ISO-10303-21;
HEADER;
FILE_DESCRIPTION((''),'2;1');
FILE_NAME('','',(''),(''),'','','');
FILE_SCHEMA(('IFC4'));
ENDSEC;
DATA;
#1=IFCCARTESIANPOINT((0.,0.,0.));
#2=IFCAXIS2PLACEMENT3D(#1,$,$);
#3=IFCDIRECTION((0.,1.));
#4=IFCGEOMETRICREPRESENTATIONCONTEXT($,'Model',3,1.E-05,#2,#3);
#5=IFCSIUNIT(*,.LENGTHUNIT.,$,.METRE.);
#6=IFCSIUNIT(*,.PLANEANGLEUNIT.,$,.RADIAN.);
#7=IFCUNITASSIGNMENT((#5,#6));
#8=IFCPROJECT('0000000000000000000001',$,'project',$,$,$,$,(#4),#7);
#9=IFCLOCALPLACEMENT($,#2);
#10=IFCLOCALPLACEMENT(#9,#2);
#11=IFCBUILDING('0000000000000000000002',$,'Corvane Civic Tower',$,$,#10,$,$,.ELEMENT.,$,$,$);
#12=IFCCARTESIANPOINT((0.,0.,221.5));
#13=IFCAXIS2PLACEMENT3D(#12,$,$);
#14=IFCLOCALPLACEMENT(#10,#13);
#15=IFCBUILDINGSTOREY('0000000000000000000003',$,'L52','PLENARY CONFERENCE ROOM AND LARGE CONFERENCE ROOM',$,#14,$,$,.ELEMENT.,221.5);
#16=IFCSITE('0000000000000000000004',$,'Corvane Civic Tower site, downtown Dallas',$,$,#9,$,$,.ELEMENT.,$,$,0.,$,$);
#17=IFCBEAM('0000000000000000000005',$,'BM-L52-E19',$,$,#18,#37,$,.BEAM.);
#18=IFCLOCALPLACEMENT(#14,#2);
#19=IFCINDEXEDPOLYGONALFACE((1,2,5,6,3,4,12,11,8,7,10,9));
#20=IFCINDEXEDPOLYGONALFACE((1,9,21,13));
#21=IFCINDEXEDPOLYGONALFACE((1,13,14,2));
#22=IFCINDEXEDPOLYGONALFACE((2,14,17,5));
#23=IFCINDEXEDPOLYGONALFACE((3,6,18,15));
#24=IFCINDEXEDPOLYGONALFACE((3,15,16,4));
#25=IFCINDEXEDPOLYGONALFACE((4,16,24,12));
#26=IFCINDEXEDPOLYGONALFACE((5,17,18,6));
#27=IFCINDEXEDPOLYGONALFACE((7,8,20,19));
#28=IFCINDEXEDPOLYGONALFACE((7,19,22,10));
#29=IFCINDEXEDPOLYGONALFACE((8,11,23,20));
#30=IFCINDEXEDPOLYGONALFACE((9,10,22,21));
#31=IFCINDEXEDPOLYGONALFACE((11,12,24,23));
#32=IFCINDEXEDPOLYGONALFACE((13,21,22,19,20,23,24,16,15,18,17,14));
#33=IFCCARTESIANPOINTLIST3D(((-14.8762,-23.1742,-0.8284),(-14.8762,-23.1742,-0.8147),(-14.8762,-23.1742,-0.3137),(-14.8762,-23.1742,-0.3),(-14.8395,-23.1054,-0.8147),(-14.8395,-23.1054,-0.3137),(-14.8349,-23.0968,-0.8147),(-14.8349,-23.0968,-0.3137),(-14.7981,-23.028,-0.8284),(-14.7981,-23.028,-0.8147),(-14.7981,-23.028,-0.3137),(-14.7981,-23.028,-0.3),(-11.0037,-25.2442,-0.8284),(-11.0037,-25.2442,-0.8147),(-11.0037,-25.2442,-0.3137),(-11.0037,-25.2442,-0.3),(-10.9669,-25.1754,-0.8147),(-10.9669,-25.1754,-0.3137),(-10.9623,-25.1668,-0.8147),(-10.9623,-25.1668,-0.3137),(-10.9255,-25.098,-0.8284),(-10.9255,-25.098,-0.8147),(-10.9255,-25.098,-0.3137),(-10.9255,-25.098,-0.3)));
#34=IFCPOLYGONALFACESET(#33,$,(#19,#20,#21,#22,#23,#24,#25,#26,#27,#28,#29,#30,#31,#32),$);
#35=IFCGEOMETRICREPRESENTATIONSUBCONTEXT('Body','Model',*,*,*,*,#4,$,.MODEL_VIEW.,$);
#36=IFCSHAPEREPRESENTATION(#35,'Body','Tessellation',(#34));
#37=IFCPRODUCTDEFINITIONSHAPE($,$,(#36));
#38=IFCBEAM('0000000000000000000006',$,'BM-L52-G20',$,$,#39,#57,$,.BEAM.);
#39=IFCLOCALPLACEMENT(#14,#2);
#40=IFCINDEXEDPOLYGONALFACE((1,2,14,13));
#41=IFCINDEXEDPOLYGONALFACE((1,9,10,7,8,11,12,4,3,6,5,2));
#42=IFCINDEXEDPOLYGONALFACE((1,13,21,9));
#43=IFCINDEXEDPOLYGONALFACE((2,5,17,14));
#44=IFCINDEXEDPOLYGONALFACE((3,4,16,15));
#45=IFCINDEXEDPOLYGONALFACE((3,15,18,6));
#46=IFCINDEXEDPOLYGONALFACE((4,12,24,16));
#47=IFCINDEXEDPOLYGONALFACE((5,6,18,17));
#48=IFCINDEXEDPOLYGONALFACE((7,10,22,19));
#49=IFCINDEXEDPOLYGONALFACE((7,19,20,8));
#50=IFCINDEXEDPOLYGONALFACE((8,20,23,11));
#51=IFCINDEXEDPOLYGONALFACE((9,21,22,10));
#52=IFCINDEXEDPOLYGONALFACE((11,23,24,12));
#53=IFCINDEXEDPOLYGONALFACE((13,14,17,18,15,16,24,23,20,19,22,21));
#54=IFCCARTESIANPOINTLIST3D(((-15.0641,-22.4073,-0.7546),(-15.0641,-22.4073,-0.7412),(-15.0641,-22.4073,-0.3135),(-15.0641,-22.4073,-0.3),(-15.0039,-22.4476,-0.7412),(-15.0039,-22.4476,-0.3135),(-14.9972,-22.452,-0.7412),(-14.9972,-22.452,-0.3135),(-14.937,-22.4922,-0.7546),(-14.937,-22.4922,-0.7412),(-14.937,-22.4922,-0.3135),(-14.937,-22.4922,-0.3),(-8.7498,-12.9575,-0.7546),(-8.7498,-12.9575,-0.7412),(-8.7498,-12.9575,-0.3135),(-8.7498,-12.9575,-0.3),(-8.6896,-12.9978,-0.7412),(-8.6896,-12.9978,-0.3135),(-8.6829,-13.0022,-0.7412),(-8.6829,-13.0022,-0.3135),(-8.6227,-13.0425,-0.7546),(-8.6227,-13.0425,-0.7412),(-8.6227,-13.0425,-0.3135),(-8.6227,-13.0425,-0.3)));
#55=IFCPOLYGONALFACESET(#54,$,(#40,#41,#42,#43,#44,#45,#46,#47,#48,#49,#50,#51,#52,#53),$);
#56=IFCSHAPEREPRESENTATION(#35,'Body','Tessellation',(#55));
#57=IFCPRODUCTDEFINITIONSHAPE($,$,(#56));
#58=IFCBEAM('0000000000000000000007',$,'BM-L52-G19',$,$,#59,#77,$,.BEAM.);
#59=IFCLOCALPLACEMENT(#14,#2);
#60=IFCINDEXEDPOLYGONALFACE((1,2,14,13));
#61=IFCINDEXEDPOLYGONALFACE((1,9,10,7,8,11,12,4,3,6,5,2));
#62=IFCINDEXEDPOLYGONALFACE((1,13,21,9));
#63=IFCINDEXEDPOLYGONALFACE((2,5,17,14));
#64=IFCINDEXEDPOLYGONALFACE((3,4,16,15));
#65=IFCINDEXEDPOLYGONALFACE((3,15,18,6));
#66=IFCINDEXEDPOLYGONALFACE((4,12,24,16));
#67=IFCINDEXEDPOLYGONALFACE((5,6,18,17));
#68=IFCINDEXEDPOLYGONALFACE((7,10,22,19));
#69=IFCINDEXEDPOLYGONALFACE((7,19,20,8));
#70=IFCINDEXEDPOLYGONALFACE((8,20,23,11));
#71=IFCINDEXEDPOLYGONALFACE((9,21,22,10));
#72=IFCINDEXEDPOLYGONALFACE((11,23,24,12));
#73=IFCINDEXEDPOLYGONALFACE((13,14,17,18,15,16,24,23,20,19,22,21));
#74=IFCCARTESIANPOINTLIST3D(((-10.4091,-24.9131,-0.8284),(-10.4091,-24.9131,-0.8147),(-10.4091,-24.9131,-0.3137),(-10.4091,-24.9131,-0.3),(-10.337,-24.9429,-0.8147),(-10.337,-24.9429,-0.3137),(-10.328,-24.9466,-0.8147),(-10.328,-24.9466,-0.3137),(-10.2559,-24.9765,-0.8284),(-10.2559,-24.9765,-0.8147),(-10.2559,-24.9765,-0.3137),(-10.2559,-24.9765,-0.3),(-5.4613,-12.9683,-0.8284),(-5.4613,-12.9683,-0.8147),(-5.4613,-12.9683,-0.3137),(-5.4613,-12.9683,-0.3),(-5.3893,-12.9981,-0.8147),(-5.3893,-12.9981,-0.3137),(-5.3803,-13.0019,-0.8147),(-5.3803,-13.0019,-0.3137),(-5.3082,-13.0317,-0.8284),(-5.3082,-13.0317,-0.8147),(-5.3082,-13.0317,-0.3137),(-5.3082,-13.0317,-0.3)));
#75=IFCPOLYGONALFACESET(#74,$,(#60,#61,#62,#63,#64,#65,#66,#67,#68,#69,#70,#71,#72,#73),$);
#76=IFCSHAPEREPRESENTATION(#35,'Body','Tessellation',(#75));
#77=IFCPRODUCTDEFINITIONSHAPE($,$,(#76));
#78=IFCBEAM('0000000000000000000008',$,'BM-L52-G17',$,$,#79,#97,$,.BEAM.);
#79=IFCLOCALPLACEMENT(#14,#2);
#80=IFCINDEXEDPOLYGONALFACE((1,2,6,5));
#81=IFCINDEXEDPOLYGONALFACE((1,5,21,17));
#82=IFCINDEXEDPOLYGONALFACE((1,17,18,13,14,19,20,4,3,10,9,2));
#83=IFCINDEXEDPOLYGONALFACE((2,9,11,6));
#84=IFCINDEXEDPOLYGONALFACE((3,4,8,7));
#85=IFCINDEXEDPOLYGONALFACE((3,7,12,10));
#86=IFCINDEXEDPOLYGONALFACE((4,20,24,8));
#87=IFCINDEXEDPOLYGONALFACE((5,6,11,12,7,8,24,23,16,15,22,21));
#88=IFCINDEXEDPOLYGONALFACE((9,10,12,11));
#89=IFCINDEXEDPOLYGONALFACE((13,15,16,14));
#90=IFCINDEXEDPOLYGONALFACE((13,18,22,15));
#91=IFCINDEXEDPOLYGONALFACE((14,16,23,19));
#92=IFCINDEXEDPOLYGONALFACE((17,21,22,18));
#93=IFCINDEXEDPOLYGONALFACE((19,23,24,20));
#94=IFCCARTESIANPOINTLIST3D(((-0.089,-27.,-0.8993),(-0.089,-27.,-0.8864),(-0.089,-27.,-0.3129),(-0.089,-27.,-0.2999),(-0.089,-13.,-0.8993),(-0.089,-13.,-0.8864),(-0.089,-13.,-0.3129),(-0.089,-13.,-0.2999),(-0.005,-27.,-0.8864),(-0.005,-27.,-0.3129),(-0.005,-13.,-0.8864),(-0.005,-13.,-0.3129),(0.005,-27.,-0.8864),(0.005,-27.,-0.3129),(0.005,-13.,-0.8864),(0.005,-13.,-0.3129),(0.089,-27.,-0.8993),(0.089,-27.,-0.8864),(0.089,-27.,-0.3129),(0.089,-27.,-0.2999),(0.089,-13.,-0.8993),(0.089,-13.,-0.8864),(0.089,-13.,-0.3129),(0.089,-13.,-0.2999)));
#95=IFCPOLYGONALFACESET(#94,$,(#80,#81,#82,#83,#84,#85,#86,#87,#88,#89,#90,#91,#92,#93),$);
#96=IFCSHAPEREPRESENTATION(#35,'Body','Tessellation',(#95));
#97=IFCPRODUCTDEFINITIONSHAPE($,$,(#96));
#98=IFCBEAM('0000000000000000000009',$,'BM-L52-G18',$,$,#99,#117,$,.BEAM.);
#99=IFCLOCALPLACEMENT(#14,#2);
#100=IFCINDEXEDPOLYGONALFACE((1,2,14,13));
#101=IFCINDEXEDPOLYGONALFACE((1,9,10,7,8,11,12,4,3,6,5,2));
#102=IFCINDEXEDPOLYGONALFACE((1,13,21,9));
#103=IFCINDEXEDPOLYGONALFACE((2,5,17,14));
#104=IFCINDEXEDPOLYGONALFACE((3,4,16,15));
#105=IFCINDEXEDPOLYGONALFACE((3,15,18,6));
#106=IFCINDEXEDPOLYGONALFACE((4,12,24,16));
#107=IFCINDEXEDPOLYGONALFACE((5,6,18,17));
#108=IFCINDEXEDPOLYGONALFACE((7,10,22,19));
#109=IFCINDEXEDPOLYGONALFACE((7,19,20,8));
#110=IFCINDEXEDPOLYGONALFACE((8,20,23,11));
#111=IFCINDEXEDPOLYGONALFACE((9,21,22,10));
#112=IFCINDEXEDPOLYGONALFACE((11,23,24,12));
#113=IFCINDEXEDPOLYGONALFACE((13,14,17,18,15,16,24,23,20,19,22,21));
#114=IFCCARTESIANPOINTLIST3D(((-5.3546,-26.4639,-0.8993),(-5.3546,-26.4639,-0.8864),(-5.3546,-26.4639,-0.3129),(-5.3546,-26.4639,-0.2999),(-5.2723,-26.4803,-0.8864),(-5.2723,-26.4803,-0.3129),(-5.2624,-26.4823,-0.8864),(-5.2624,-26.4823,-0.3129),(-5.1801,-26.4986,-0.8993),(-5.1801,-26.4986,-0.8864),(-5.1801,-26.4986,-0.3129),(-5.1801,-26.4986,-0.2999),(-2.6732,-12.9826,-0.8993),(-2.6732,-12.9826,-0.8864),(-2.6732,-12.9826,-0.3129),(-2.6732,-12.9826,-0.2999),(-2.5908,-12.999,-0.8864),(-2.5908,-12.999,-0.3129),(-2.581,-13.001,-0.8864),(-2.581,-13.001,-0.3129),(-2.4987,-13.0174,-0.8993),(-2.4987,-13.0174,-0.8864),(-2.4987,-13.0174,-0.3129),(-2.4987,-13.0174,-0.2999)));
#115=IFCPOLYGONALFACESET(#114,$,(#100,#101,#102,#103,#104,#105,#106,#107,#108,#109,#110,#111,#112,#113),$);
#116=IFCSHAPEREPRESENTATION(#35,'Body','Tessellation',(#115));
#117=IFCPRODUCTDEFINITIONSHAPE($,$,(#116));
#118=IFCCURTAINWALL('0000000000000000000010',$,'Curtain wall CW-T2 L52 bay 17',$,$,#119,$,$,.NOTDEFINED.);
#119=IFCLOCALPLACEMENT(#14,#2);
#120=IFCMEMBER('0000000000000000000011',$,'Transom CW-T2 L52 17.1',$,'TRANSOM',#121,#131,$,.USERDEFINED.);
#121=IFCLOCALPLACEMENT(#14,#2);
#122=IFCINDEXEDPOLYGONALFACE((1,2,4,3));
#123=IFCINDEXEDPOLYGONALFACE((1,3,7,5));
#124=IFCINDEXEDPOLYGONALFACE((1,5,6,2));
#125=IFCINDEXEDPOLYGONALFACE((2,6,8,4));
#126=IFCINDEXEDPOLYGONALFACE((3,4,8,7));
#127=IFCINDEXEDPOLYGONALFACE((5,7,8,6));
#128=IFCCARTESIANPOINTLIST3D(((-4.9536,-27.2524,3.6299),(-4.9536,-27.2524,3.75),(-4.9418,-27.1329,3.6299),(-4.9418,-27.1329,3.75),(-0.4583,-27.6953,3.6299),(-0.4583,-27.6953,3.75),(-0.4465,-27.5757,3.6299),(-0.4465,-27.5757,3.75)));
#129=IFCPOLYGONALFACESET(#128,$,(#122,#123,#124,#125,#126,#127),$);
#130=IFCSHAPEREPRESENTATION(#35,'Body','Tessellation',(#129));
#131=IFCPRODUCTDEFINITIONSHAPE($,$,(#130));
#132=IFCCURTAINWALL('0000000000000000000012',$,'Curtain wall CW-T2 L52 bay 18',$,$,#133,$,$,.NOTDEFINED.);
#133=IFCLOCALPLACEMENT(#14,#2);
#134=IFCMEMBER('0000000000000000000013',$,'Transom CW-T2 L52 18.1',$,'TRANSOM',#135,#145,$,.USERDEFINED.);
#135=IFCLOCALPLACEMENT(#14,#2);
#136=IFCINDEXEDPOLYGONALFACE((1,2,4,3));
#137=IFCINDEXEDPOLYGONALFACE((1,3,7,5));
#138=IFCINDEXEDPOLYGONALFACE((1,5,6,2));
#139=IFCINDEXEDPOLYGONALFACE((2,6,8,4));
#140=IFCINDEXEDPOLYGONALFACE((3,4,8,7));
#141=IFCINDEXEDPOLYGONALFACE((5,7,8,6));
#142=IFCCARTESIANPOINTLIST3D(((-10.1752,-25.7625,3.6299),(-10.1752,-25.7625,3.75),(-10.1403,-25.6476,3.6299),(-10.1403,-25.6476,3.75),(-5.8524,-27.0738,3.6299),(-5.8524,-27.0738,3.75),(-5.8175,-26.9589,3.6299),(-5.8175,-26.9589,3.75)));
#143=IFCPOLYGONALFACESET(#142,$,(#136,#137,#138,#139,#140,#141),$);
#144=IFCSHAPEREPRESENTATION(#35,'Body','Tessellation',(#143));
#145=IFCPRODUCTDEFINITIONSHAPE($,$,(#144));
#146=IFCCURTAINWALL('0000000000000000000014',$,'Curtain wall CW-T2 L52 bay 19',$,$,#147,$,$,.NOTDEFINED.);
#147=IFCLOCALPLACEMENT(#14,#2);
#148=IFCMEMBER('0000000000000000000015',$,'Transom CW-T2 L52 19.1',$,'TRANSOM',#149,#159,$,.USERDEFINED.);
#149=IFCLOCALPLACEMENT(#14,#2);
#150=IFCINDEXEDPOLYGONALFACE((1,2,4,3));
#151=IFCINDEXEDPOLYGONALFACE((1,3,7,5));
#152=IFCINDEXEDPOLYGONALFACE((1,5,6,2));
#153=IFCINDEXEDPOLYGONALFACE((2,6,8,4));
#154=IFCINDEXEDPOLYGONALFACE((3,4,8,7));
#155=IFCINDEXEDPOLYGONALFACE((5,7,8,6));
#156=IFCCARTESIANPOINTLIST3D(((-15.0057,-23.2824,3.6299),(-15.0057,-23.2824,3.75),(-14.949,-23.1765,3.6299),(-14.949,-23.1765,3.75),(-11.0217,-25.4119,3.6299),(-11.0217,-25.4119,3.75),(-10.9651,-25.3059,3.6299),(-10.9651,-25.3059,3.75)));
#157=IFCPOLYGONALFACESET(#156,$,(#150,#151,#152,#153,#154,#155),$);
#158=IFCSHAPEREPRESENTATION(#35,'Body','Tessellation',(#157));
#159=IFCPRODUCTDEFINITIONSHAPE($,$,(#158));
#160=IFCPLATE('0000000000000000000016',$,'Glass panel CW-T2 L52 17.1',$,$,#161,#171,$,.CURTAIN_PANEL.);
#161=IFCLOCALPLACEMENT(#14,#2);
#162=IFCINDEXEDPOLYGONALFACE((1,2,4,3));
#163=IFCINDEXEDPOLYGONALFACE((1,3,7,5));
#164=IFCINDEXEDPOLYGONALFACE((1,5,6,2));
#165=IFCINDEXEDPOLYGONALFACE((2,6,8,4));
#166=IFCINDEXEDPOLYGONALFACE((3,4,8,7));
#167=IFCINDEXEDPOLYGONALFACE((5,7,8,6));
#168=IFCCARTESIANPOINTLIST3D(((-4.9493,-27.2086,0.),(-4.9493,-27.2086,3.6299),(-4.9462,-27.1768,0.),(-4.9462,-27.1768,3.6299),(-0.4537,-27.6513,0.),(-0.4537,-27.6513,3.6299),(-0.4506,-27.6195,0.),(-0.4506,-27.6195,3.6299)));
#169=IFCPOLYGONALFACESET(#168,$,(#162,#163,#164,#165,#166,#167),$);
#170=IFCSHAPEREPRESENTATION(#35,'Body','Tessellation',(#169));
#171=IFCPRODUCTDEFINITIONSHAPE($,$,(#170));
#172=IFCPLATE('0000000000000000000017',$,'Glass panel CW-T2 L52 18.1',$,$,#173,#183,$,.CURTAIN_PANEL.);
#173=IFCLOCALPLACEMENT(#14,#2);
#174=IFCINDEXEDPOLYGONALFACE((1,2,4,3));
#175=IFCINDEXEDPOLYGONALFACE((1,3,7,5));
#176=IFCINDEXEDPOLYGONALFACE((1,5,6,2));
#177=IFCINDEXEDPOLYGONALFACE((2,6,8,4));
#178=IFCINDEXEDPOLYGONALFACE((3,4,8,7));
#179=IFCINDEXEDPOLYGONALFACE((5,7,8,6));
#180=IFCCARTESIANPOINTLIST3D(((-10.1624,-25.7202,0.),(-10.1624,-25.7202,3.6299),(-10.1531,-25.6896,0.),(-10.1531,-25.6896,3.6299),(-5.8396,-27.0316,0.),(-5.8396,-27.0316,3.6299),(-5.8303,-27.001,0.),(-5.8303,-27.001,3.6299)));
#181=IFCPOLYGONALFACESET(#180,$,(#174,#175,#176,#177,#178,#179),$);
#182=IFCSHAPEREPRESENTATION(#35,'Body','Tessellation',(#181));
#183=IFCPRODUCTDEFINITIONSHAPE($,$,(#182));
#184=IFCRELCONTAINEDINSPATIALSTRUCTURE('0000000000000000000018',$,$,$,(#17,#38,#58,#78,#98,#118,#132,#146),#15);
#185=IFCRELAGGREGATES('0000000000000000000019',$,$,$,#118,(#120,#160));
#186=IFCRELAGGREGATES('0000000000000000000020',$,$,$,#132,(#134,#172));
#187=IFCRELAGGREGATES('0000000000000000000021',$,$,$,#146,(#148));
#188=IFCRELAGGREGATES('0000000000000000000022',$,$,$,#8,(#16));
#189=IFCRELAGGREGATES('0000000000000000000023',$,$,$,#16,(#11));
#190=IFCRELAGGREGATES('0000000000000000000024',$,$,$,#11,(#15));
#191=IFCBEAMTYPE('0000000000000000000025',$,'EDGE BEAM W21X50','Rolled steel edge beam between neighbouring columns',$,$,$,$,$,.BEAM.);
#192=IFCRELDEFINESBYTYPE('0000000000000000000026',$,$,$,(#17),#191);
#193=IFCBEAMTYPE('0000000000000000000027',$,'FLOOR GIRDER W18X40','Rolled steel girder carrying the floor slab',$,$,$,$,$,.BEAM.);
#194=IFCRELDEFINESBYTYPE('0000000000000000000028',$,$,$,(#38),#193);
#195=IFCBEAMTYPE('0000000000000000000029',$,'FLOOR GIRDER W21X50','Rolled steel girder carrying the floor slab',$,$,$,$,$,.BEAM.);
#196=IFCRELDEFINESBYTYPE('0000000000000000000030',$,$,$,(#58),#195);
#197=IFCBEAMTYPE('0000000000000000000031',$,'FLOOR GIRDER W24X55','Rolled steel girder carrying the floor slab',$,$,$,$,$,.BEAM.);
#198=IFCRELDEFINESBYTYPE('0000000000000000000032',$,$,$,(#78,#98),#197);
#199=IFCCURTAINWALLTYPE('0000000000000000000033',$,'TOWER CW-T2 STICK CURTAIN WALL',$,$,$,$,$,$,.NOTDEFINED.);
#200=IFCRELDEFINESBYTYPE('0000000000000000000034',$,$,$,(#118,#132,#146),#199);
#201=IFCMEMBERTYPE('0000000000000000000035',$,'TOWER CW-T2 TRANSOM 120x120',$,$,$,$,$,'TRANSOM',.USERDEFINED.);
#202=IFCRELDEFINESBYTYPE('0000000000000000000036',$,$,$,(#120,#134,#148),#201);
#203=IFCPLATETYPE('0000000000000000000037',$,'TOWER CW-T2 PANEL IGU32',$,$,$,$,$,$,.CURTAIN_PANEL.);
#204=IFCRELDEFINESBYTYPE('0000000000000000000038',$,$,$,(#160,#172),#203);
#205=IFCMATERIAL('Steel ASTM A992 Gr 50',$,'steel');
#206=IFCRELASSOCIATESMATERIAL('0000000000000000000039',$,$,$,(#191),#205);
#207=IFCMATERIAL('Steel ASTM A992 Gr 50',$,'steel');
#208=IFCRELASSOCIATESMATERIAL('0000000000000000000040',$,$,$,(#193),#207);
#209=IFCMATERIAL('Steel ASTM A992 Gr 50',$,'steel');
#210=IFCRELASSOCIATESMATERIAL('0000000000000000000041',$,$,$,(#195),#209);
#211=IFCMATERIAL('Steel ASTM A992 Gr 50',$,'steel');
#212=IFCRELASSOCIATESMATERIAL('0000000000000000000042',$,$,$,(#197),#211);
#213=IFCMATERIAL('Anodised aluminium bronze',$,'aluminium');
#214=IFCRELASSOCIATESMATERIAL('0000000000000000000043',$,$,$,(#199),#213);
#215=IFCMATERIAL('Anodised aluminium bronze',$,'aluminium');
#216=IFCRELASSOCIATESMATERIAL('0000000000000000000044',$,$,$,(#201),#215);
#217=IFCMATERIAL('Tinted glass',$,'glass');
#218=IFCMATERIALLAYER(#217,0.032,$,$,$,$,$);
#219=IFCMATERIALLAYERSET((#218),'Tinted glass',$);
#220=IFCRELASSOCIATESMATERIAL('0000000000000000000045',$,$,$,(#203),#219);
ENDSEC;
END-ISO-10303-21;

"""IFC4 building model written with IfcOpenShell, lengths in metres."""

from ifc_helpers import new_model, si_unit, direction, frame, origin, origin_2d, place, context, subcontext, project, spatial, rectangle, i_section, extrude, material, layer, layer_set, material_profile, profile_set, type_object, element, aggregate, save


model = new_model("IFC4")

# Units and contexts
model_context = context("Model", 3, precision=1e-05, world=origin(), true_north=direction((0.0, 1.0)))
body_context = subcontext(model_context, "Body", "Model", "MODEL_VIEW")
ifc_project = project(units=[si_unit("LENGTHUNIT", "METRE"), si_unit("PLANEANGLEUNIT", "RADIAN")], contexts=[model_context])

# Site, building, storey
site_placement = place(None, origin())
site = spatial("IfcSite", under=ifc_project, at=site_placement, Name="Corvane Civic Tower site, downtown Dallas", CompositionType="ELEMENT", RefElevation=0.0)
building_placement = place(site_placement, origin())
building = spatial("IfcBuilding", under=site, at=building_placement, Name="Corvane Civic Tower", CompositionType="ELEMENT")
storey_placement = place(building_placement, frame((0.0, 0.0, 221.5)))
storey = spatial("IfcBuildingStorey", under=building, at=storey_placement, Name="L52", Description="PLENARY CONFERENCE ROOM AND LARGE CONFERENCE ROOM", CompositionType="ELEMENT", Elevation=221.5)

# Beams
ifc_material_1 = material(Name="Steel ASTM A992 Gr 50", Category="steel")
ifc_material_profile_1 = material_profile(ifc_material_1, i_section(OverallWidth=0.1658, OverallDepth=0.5283, WebThickness=0.0098, FlangeThickness=0.0137, at=origin_2d()), Name="W21X50")
ifc_profile_set_1 = profile_set([ifc_material_profile_1], Name="Steel ASTM A992 Gr 50")
beam_type_1 = type_object("IfcBeamType", Name="EDGE BEAM W21X50", Description="Rolled steel edge beam between neighbouring columns", PredefinedType="BEAM", material=ifc_profile_set_1)
beam_1_placement = place(storey_placement, frame((-10.9646, -25.1711, -0.5642), z_axis=(-0.881908, 0.471422, 0.0), x_axis=(-0.471422, -0.881908, 0.0)))
element("IfcBeam", 1, at=beam_1_placement, inside=storey, type_object=beam_type_1, Name="BM-L52-E19", PredefinedType="BEAM", context=body_context, shape_type="SweptSolid", body=[
    extrude(i_section(OverallWidth=0.1658, OverallDepth=0.5283, WebThickness=0.0098, FlangeThickness=0.0137, at=origin_2d()), origin(), (0.0, 0.0, 1.0), 4.3911),
])
ifc_material_2 = material(Name="Steel ASTM A992 Gr 50", Category="steel")
ifc_material_profile_2 = material_profile(ifc_material_2, i_section(OverallWidth=0.1528, OverallDepth=0.4546, WebThickness=0.0081, FlangeThickness=0.0134, at=origin_2d()), Name="W18X40")
ifc_profile_set_2 = profile_set([ifc_material_profile_2], Name="Steel ASTM A992 Gr 50")
beam_type_2 = type_object("IfcBeamType", Name="FLOOR GIRDER W18X40", Description="Rolled steel girder carrying the floor slab", PredefinedType="BEAM", material=ifc_profile_set_2)
beam_2_placement = place(storey_placement, frame((-8.6863, -13.0, -0.5273), z_axis=(-0.555577, -0.831465, 0.0), x_axis=(0.831465, -0.555577, 0.0)))
element("IfcBeam", 2, at=beam_2_placement, inside=storey, type_object=beam_type_2, Name="BM-L52-G20", PredefinedType="BEAM", context=body_context, shape_type="SweptSolid", body=[
    extrude(i_section(OverallWidth=0.1528, OverallDepth=0.4546, WebThickness=0.0081, FlangeThickness=0.0134, at=origin_2d()), origin(), (0.0, 0.0, 1.0), 11.3652),
])
ifc_material_3 = material(Name="Steel ASTM A992 Gr 50", Category="steel")
ifc_material_profile_3 = material_profile(ifc_material_3, i_section(OverallWidth=0.1658, OverallDepth=0.5283, WebThickness=0.0098, FlangeThickness=0.0137, at=origin_2d()), Name="W21X50")
ifc_profile_set_3 = profile_set([ifc_material_profile_3], Name="Steel ASTM A992 Gr 50")
beam_type_3 = type_object("IfcBeamType", Name="FLOOR GIRDER W21X50", Description="Rolled steel girder carrying the floor slab", PredefinedType="BEAM", material=ifc_profile_set_3)
beam_3_placement = place(storey_placement, frame((-5.3848, -13.0, -0.5642), z_axis=(-0.382686, -0.923878, 0.0), x_axis=(0.923878, -0.382686, 0.0)))
element("IfcBeam", 3, at=beam_3_placement, inside=storey, type_object=beam_type_3, Name="BM-L52-G19", PredefinedType="BEAM", context=body_context, shape_type="SweptSolid", body=[
    extrude(i_section(OverallWidth=0.1658, OverallDepth=0.5283, WebThickness=0.0098, FlangeThickness=0.0137, at=origin_2d()), origin(), (0.0, 0.0, 1.0), 12.929),
])
ifc_material_4 = material(Name="Steel ASTM A992 Gr 50", Category="steel")
ifc_material_profile_4 = material_profile(ifc_material_4, i_section(OverallWidth=0.178, OverallDepth=0.5994, WebThickness=0.01, FlangeThickness=0.0129, at=origin_2d()), Name="W24X55")
ifc_profile_set_4 = profile_set([ifc_material_profile_4], Name="Steel ASTM A992 Gr 50")
beam_type_4 = type_object("IfcBeamType", Name="FLOOR GIRDER W24X55", Description="Rolled steel girder carrying the floor slab", PredefinedType="BEAM", material=ifc_profile_set_4)
beam_4_placement = place(storey_placement, frame((0.0, -13.0, -0.5996), z_axis=(0.0, -1.0, 0.0), x_axis=(1.0, 0.0, 0.0)))
element("IfcBeam", 4, at=beam_4_placement, inside=storey, type_object=beam_type_4, Name="BM-L52-G17", PredefinedType="BEAM", context=body_context, shape_type="SweptSolid", body=[
    extrude(i_section(OverallWidth=0.178, OverallDepth=0.5994, WebThickness=0.01, FlangeThickness=0.0129, at=origin_2d()), origin(), (0.0, 0.0, 1.0), 14.0),
])
beam_5_placement = place(storey_placement, frame((-2.5859, -13.0, -0.5996), z_axis=(-0.195078, -0.980788, 0.0), x_axis=(0.980788, -0.195078, 0.0)))
element("IfcBeam", 5, at=beam_5_placement, inside=storey, type_object=beam_type_4, Name="BM-L52-G18", PredefinedType="BEAM", context=body_context, shape_type="SweptSolid", body=[
    extrude(i_section(OverallWidth=0.178, OverallDepth=0.5994, WebThickness=0.01, FlangeThickness=0.0129, at=origin_2d()), origin(), (0.0, 0.0, 1.0), 13.7454),
])

# Curtain walls, members
ifc_material_5 = material(Name="Anodised aluminium bronze", Category="aluminium")
curtain_wall_type = type_object("IfcCurtainWallType", Name="TOWER CW-T2 STICK CURTAIN WALL", PredefinedType="NOTDEFINED", material=ifc_material_5)
curtain_wall_1_placement = place(storey_placement, origin())
curtain_wall_1 = element("IfcCurtainWall", 6, at=curtain_wall_1_placement, inside=storey, type_object=curtain_wall_type, Name="Curtain wall CW-T2 L52 bay 17", PredefinedType="NOTDEFINED")
ifc_material_6 = material(Name="Anodised aluminium bronze", Category="aluminium")
ifc_material_profile_5 = material_profile(ifc_material_6, rectangle(XDim=0.1201, YDim=0.1201, at=origin_2d()), Name="TOWER CW-T2 TRANSOM 120x120")
ifc_profile_set_5 = profile_set([ifc_material_profile_5], Name="Anodised aluminium bronze")
member_type = type_object("IfcMemberType", Name="TOWER CW-T2 TRANSOM 120x120", ElementType="TRANSOM", PredefinedType="USERDEFINED", material=ifc_profile_set_5)
member_1_placement = place(storey_placement, frame((-0.4524, -27.6355, 3.6899), z_axis=(-0.995182, 0.098043, 0.0), x_axis=(-0.098043, -0.995182, 0.0)))
member_1 = element("IfcMember", 7, at=member_1_placement, type_object=member_type, Name="Transom CW-T2 L52 17.1", ObjectType="TRANSOM", PredefinedType="USERDEFINED", context=body_context, shape_type="SweptSolid", body=[
    extrude(rectangle(XDim=0.1201, YDim=0.1201, at=origin_2d()), origin(), (0.0, 0.0, 1.0), 4.5171),
])
curtain_wall_2_placement = place(storey_placement, origin())
curtain_wall_2 = element("IfcCurtainWall", 8, at=curtain_wall_2_placement, inside=storey, type_object=curtain_wall_type, Name="Curtain wall CW-T2 L52 bay 18", PredefinedType="NOTDEFINED")
member_2_placement = place(storey_placement, frame((-5.835, -27.0164, 3.6899), z_axis=(-0.956941, 0.290282, 0.0), x_axis=(-0.290282, -0.956941, 0.0)))
member_2 = element("IfcMember", 9, at=member_2_placement, type_object=member_type, Name="Transom CW-T2 L52 18.1", ObjectType="TRANSOM", PredefinedType="USERDEFINED", context=body_context, shape_type="SweptSolid", body=[
    extrude(rectangle(XDim=0.1201, YDim=0.1201, at=origin_2d()), origin(), (0.0, 0.0, 1.0), 4.5173),
])
curtain_wall_3_placement = place(storey_placement, origin())
curtain_wall_3 = element("IfcCurtainWall", 10, at=curtain_wall_3_placement, inside=storey, type_object=curtain_wall_type, Name="Curtain wall CW-T2 L52 bay 19", PredefinedType="NOTDEFINED")
member_3_placement = place(storey_placement, frame((-10.9934, -25.3589, 3.6899), z_axis=(-0.881925, 0.47139, 0.0), x_axis=(-0.47139, -0.881925, 0.0)))
member_3 = element("IfcMember", 11, at=member_3_placement, type_object=member_type, Name="Transom CW-T2 L52 19.1", ObjectType="TRANSOM", PredefinedType="USERDEFINED", context=body_context, shape_type="SweptSolid", body=[
    extrude(rectangle(XDim=0.1201, YDim=0.1201, at=origin_2d()), origin(), (0.0, 0.0, 1.0), 4.5173),
])

# Plates
ifc_material_7 = material(Name="Tinted glass", Category="glass")
ifc_layer_1 = layer(ifc_material_7, 0.032)
ifc_layer_set_1 = layer_set([ifc_layer_1], Name="Tinted glass")
plate_type = type_object("IfcPlateType", Name="TOWER CW-T2 PANEL IGU32", PredefinedType="CURTAIN_PANEL", material=ifc_layer_set_1)
plate_1_placement = place(storey_placement, frame((-2.7, -27.4141, 0.0), z_axis=(0.0, 0.0, 1.0), x_axis=(-0.995187, 0.097993, 0.0)))
plate_1 = element("IfcPlate", 12, at=plate_1_placement, type_object=plate_type, Name="Glass panel CW-T2 L52 17.1", PredefinedType="CURTAIN_PANEL", context=body_context, shape_type="SweptSolid", body=[
    extrude(rectangle(XDim=4.5173, YDim=0.032, at=origin_2d()), origin(), (0.0, 0.0, 1.0), 3.6299),
])
aggregate(curtain_wall_1, [member_1, plate_1])
plate_2_placement = place(storey_placement, frame((-7.9963, -26.3606, 0.0), z_axis=(0.0, 0.0, 1.0), x_axis=(-0.956939, 0.29029, 0.0)))
plate_2 = element("IfcPlate", 13, at=plate_2_placement, type_object=plate_type, Name="Glass panel CW-T2 L52 18.1", PredefinedType="CURTAIN_PANEL", context=body_context, shape_type="SweptSolid", body=[
    extrude(rectangle(XDim=4.5173, YDim=0.032, at=origin_2d()), origin(), (0.0, 0.0, 1.0), 3.6299),
])
aggregate(curtain_wall_2, [member_2, plate_2])
aggregate(curtain_wall_3, [member_3])

save(model, "model.ifc")
